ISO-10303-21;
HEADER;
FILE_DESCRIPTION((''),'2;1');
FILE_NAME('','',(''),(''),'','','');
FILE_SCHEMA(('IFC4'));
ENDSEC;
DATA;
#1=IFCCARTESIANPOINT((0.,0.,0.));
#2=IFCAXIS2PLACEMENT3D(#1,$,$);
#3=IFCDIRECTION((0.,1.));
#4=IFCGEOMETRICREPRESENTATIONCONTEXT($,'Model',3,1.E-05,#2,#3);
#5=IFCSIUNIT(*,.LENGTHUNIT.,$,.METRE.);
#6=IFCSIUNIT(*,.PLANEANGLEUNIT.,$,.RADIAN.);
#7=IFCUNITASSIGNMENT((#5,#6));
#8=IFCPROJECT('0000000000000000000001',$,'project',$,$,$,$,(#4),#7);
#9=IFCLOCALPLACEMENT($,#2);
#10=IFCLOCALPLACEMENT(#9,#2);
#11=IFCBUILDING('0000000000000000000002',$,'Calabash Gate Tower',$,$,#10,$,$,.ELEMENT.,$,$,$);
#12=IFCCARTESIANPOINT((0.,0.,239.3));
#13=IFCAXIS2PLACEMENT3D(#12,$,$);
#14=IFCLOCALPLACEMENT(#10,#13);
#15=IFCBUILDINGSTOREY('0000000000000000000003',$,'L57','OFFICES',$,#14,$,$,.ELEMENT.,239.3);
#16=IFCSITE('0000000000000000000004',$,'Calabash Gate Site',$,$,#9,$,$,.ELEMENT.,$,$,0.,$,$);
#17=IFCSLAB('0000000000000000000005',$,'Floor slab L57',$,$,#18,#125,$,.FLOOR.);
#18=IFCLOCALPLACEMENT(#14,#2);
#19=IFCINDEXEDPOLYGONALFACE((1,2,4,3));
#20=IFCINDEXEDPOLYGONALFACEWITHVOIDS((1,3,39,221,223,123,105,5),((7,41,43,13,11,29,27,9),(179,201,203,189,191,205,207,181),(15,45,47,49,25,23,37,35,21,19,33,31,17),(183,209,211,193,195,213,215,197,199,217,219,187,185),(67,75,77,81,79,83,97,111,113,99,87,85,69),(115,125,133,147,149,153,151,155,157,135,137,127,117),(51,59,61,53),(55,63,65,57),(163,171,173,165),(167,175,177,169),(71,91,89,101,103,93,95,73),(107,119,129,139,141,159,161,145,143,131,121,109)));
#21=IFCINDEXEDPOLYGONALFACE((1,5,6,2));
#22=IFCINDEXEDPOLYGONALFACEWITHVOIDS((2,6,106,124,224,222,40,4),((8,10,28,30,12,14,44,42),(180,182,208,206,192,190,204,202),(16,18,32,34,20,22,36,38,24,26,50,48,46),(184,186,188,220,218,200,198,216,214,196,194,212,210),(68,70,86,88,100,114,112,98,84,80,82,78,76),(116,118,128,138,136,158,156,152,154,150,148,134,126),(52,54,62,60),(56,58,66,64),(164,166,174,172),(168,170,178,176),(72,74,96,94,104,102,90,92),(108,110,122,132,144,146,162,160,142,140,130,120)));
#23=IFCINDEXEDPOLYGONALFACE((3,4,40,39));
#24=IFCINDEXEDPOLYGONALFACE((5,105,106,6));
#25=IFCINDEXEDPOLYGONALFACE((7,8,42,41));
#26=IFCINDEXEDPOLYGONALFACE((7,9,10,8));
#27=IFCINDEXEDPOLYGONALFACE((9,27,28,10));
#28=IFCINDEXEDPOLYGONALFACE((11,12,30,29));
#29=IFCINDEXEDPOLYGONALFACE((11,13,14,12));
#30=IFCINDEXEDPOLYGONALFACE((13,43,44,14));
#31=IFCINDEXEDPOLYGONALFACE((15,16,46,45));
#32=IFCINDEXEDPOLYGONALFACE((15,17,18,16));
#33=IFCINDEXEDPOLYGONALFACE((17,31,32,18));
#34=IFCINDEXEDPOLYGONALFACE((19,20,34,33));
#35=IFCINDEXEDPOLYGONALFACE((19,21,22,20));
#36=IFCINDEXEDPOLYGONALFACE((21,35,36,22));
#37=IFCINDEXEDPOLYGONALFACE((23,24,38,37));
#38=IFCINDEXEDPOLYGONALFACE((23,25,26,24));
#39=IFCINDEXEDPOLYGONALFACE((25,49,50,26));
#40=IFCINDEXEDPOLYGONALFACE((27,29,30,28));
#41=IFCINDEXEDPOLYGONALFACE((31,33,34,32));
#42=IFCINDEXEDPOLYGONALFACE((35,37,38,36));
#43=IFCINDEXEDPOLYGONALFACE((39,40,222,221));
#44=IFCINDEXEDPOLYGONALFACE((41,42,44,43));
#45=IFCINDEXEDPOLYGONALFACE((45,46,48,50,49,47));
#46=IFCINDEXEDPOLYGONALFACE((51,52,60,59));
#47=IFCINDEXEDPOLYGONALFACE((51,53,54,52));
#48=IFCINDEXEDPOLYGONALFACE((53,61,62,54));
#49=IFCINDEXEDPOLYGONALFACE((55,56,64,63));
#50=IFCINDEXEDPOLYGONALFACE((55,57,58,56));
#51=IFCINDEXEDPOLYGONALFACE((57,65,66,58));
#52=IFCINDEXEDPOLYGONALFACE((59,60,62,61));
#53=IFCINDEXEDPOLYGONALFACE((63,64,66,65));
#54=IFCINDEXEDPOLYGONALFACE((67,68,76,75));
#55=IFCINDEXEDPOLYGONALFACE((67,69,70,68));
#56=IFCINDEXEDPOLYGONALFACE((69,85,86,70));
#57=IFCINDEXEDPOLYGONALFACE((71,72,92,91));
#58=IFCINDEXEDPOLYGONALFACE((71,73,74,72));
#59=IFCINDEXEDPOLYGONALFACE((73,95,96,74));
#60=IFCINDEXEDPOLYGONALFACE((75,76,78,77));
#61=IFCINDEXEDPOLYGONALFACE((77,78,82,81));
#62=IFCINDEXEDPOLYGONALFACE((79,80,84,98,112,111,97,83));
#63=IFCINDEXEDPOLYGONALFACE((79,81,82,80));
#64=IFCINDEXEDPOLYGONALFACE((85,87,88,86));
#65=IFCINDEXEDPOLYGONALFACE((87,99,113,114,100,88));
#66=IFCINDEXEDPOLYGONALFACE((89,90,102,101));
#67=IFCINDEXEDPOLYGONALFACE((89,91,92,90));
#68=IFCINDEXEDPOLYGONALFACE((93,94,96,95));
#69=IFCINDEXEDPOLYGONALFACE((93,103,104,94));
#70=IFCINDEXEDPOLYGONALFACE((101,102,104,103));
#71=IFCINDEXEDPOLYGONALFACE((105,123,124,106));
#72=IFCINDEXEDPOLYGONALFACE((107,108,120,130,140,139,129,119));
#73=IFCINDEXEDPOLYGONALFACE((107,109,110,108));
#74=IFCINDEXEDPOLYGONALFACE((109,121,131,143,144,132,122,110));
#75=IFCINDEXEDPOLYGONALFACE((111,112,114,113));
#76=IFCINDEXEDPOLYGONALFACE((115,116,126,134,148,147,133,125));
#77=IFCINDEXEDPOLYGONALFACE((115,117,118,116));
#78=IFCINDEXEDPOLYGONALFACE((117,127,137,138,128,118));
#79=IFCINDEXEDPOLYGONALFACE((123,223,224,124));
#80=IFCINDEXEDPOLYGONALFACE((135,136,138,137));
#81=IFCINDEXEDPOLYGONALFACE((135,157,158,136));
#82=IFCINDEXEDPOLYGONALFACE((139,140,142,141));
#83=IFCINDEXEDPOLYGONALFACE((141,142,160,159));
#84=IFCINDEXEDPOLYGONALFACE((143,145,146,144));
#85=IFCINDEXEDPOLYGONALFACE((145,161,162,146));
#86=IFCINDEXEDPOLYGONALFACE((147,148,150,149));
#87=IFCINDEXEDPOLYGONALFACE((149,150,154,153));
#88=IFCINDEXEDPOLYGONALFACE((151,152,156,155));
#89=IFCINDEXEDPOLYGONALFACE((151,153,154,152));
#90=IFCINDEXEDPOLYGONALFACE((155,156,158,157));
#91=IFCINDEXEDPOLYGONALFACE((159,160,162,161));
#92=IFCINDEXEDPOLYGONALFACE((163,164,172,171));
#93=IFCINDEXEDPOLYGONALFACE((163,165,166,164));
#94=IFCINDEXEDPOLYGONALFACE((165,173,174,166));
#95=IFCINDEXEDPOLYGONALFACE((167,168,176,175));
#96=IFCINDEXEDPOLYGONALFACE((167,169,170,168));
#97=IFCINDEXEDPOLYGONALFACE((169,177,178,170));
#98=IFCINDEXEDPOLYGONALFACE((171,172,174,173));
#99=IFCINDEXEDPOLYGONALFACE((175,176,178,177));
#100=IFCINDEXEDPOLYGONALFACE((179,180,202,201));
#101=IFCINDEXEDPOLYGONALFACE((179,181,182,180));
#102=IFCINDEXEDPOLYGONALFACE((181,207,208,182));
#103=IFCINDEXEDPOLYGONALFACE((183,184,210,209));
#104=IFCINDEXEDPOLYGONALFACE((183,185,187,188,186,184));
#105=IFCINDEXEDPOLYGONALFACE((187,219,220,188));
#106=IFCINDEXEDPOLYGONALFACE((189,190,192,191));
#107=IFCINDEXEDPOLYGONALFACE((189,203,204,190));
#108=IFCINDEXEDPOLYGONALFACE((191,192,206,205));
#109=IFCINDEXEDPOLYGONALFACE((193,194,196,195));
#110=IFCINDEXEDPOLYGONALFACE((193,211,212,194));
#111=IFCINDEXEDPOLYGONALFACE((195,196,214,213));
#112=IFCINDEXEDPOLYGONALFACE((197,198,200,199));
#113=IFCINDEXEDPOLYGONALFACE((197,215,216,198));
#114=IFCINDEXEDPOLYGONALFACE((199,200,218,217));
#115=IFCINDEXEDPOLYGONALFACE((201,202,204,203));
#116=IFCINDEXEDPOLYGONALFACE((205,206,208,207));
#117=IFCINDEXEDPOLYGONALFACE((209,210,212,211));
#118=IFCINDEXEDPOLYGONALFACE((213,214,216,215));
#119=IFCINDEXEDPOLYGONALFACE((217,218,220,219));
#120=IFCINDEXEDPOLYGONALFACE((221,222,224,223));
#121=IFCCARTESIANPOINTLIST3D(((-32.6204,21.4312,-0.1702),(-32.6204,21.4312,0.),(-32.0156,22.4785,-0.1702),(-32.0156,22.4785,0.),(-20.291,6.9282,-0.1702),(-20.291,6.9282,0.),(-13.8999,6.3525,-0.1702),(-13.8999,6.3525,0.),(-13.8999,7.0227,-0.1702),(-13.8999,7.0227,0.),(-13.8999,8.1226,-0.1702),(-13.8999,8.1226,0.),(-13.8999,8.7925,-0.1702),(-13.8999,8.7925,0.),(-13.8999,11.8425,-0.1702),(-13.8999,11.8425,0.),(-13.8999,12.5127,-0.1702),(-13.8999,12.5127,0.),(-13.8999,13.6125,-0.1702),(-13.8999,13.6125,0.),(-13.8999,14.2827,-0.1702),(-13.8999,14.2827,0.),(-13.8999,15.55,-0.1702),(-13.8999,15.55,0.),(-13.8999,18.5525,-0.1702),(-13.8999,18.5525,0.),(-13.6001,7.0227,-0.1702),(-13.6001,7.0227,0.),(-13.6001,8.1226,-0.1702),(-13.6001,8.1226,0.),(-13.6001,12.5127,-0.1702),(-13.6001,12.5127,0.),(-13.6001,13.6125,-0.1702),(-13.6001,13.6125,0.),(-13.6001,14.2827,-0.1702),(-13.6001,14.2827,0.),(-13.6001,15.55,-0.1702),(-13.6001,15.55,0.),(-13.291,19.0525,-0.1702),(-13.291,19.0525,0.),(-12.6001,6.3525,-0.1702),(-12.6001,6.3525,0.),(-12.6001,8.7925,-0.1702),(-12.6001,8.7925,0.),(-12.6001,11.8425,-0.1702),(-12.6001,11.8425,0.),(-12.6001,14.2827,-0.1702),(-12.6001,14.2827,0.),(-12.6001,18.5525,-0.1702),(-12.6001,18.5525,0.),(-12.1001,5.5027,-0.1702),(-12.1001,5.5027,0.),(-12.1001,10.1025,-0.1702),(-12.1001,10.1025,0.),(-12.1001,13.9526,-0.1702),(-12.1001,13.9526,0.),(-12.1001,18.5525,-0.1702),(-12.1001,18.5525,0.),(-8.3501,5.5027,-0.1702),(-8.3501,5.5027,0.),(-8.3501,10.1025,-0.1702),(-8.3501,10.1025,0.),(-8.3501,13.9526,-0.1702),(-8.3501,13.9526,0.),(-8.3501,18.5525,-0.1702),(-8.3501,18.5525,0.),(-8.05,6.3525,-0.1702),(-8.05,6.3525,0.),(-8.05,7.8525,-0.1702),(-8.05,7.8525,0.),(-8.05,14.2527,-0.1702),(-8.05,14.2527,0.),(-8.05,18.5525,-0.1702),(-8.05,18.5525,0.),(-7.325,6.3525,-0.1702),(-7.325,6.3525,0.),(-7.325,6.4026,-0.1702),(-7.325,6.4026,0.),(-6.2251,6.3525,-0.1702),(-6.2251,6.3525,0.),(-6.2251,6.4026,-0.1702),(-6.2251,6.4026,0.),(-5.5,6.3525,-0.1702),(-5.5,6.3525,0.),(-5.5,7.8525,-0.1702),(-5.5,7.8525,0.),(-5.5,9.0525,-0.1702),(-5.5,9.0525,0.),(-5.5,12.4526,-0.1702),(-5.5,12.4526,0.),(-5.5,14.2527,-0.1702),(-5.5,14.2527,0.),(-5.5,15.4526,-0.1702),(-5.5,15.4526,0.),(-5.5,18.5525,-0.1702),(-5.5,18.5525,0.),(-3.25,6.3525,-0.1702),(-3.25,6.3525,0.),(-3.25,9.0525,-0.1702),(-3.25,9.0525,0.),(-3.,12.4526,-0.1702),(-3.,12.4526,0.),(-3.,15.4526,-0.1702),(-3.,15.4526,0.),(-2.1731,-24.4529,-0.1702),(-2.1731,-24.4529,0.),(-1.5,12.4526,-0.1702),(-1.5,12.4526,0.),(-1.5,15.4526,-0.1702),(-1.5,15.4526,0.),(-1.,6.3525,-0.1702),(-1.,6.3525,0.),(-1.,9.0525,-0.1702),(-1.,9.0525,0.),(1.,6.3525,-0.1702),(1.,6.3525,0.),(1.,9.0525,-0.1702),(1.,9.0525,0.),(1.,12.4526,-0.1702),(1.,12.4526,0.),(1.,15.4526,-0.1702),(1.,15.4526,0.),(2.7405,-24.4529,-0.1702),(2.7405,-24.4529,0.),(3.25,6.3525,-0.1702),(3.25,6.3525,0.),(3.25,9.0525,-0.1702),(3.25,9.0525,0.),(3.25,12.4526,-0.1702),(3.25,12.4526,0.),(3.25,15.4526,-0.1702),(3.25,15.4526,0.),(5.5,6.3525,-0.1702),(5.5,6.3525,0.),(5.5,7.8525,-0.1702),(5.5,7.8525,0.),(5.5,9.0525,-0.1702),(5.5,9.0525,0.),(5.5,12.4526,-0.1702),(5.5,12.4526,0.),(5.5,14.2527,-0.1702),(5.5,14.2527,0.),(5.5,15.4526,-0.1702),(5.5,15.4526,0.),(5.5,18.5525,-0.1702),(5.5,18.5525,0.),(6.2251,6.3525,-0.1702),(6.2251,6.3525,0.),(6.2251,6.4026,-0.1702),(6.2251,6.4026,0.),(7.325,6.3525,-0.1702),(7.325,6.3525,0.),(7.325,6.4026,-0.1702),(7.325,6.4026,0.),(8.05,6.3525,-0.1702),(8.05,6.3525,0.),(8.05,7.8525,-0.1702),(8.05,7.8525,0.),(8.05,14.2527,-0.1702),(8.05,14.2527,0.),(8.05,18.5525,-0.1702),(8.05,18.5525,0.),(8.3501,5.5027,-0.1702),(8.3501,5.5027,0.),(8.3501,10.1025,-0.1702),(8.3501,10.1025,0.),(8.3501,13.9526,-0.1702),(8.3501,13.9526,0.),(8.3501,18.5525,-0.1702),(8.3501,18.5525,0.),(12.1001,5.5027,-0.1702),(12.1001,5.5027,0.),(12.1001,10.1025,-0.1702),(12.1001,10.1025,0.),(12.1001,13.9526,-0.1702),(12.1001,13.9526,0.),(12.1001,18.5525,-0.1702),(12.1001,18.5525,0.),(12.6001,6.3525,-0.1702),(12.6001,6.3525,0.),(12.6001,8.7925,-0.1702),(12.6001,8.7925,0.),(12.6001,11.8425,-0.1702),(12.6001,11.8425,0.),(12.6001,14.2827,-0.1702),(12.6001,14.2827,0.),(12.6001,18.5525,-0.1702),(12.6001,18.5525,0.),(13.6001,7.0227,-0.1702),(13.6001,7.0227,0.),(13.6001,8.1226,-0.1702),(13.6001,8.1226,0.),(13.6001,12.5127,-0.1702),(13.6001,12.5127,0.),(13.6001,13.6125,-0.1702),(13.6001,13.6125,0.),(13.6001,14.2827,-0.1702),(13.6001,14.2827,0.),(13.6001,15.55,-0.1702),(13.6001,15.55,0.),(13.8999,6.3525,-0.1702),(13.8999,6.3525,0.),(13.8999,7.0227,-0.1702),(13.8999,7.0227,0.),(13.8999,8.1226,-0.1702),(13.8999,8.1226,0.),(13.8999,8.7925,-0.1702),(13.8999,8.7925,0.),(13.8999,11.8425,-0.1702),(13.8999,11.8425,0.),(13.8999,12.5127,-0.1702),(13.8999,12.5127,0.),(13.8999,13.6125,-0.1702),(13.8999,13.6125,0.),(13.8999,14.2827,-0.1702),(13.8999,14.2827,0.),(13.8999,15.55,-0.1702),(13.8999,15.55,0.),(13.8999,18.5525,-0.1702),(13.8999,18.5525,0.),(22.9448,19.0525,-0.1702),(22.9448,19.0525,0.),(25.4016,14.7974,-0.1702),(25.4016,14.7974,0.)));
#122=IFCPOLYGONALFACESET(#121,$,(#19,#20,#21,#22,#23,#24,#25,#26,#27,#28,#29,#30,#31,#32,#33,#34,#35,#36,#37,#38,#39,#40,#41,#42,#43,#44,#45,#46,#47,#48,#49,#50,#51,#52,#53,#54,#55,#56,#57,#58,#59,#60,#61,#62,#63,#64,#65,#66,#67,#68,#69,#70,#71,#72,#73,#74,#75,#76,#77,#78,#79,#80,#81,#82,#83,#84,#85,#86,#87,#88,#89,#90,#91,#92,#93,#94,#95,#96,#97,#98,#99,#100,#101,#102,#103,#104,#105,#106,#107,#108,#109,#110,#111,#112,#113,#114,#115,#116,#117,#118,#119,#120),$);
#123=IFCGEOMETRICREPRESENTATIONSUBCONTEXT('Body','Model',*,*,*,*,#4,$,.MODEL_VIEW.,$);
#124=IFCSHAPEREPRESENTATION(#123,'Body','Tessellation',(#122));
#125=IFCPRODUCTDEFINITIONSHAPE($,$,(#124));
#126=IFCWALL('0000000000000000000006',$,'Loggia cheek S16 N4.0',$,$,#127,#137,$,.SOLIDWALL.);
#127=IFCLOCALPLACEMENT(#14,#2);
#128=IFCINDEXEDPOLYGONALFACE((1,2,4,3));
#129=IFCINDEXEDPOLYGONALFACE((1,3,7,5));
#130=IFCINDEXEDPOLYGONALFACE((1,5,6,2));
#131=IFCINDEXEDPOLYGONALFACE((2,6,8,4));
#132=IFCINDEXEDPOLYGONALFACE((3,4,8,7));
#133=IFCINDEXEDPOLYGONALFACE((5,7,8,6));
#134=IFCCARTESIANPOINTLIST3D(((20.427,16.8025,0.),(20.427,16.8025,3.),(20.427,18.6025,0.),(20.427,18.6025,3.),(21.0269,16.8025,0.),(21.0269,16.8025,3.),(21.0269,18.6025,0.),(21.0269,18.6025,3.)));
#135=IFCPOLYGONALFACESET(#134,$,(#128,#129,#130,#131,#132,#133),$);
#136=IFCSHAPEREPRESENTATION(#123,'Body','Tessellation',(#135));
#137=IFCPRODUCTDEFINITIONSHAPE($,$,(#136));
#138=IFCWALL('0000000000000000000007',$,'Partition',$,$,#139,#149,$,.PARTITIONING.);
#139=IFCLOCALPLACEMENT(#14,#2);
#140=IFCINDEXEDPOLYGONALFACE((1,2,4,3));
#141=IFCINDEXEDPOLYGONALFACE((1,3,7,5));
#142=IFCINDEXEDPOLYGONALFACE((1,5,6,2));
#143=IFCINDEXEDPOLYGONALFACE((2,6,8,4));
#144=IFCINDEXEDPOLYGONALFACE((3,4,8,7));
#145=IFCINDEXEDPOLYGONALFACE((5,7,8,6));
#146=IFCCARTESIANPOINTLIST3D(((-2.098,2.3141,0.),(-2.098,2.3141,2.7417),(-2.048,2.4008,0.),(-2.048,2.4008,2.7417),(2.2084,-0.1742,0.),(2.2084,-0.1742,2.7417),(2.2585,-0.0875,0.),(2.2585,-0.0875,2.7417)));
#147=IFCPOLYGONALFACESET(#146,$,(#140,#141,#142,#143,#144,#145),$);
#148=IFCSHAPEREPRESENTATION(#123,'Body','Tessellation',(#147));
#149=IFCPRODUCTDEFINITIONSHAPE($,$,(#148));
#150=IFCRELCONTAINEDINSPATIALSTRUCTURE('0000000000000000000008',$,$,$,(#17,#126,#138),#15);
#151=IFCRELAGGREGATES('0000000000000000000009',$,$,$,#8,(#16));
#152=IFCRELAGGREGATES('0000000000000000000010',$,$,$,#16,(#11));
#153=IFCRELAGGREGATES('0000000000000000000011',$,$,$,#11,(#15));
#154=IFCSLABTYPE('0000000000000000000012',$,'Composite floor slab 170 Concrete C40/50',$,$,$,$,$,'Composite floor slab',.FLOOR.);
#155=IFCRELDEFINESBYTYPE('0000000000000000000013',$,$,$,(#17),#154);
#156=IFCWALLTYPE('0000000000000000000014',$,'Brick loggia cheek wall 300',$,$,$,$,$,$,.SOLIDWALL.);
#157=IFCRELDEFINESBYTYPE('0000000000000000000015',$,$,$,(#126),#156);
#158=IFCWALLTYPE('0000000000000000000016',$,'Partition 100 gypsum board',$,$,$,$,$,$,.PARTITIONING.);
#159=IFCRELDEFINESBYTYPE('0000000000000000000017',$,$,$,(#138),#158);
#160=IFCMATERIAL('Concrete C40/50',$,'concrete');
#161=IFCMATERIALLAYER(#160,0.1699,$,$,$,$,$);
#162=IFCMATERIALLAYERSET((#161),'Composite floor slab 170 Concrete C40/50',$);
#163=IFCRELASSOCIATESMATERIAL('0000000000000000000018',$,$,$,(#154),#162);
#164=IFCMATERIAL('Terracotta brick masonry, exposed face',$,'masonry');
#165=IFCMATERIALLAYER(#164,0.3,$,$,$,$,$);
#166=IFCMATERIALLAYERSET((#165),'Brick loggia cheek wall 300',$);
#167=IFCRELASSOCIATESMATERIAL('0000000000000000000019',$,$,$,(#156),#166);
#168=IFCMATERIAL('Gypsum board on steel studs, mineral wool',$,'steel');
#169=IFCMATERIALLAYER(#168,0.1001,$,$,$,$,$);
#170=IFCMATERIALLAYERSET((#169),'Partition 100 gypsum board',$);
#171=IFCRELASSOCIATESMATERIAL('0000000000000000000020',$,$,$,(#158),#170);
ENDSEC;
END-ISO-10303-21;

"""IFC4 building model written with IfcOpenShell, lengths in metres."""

from ifc_helpers import new_model, si_unit, direction, frame, frame_2d, origin, place, context, subcontext, project, spatial, polyline, rectangle, outline, extrude, material, layer, layer_set, type_object, element, save


model = new_model("IFC4")

# Units and contexts
model_context = context("Model", 3, precision=1e-05, world=origin(), true_north=direction((0.0, 1.0)))
body_context = subcontext(model_context, "Body", "Model", "MODEL_VIEW")
ifc_project = project(units=[si_unit("LENGTHUNIT", "METRE"), si_unit("PLANEANGLEUNIT", "RADIAN")], contexts=[model_context])

# Site, building, storey
site_placement = place(None, origin())
site = spatial("IfcSite", under=ifc_project, at=site_placement, Name="Calabash Gate Site", CompositionType="ELEMENT", RefElevation=0.0)
building_placement = place(site_placement, origin())
building = spatial("IfcBuilding", under=site, at=building_placement, Name="Calabash Gate Tower", CompositionType="ELEMENT")
storey_placement = place(building_placement, frame((0.0, 0.0, 239.3)))
storey = spatial("IfcBuildingStorey", under=building, at=storey_placement, Name="L57", Description="OFFICES", CompositionType="ELEMENT", Elevation=239.3)

# Slab
ifc_material_1 = material(Name="Concrete C40/50", Category="concrete")
ifc_layer_1 = layer(ifc_material_1, 0.1699)
ifc_layer_set_1 = layer_set([ifc_layer_1], Name="Composite floor slab 170 Concrete C40/50")
slab_type = type_object("IfcSlabType", Name="Composite floor slab 170 Concrete C40/50", ElementType="Composite floor slab", PredefinedType="FLOOR", material=ifc_layer_set_1)
slab_placement = place(storey_placement, frame((0.0, 0.0, -0.1702)))
element("IfcSlab", 1, at=slab_placement, inside=storey, type_object=slab_type, Name="Floor slab L57", PredefinedType="FLOOR", context=body_context, shape_type="SweptSolid", body=[
    extrude(outline(polyline([(2.7405, -24.4529), (-2.1731, -24.4529), (-20.291, 6.9282), (-32.6204, 21.4312), (-32.0156, 22.4785), (-13.291, 19.0525), (22.9448, 19.0525), (25.4016, 14.7974), (2.7405, -24.4529)]), holes=[polyline([(-7.325, 6.3525), (-7.325, 6.4026), (-6.2251, 6.4026), (-6.2251, 6.3525), (-5.5, 6.3525), (-3.25, 6.3525), (-1.0, 6.3525), (-1.0, 9.0525), (-3.25, 9.0525), (-5.5, 9.0525), (-5.5, 7.8525), (-8.05, 7.8525), (-8.05, 6.3525), (-7.325, 6.3525)]), polyline([(8.05, 6.3525), (8.05, 7.8525), (5.5, 7.8525), (5.5, 9.0525), (3.25, 9.0525), (1.0, 9.0525), (1.0, 6.3525), (3.25, 6.3525), (5.5, 6.3525), (6.2251, 6.3525), (6.2251, 6.4026), (7.325, 6.4026), (7.325, 6.3525), (8.05, 6.3525)]), polyline([(-8.05, 18.5525), (-8.05, 14.2527), (-5.5, 14.2527), (-5.5, 12.4526), (-3.0, 12.4526), (-3.0, 15.4526), (-5.5, 15.4526), (-5.5, 18.5525), (-8.05, 18.5525)]), polyline([(5.5, 14.2527), (8.05, 14.2527), (8.05, 18.5525), (5.5, 18.5525), (5.5, 15.4526), (3.25, 15.4526), (1.0, 15.4526), (-1.5, 15.4526), (-1.5, 12.4526), (1.0, 12.4526), (3.25, 12.4526), (5.5, 12.4526), (5.5, 14.2527)]), polyline([(-12.1001, 13.9526), (-8.3501, 13.9526), (-8.3501, 18.5525), (-12.1001, 18.5525), (-12.1001, 13.9526)]), polyline([(-8.3501, 5.5027), (-8.3501, 10.1025), (-12.1001, 10.1025), (-12.1001, 5.5027), (-8.3501, 5.5027)]), polyline([(12.1001, 18.5525), (8.3501, 18.5525), (8.3501, 13.9526), (12.1001, 13.9526), (12.1001, 18.5525)]), polyline([(8.3501, 10.1025), (8.3501, 5.5027), (12.1001, 5.5027), (12.1001, 10.1025), (8.3501, 10.1025)]), polyline([(-13.8999, 6.3525), (-12.6001, 6.3525), (-12.6001, 8.7925), (-13.8999, 8.7925), (-13.8999, 8.1226), (-13.6001, 8.1226), (-13.6001, 7.0227), (-13.8999, 7.0227), (-13.8999, 6.3525)]), polyline([(-13.8999, 12.5127), (-13.8999, 11.8425), (-12.6001, 11.8425), (-12.6001, 14.2827), (-12.6001, 18.5525), (-13.8999, 18.5525), (-13.8999, 15.55), (-13.6001, 15.55), (-13.6001, 14.2827), (-13.8999, 14.2827), (-13.8999, 13.6125), (-13.6001, 13.6125), (-13.6001, 12.5127), (-13.8999, 12.5127)]), polyline([(13.6001, 7.0227), (13.6001, 8.1226), (13.8999, 8.1226), (13.8999, 8.7925), (12.6001, 8.7925), (12.6001, 6.3525), (13.8999, 6.3525), (13.8999, 7.0227), (13.6001, 7.0227)]), polyline([(13.8999, 12.5127), (13.6001, 12.5127), (13.6001, 13.6125), (13.8999, 13.6125), (13.8999, 14.2827), (13.6001, 14.2827), (13.6001, 15.55), (13.8999, 15.55), (13.8999, 18.5525), (12.6001, 18.5525), (12.6001, 14.2827), (12.6001, 11.8425), (13.8999, 11.8425), (13.8999, 12.5127)])]), origin(), (0.0, 0.0, 1.0), 0.1702),
])

# Walls
ifc_material_2 = material(Name="Terracotta brick masonry, exposed face", Category="masonry")
ifc_layer_2 = layer(ifc_material_2, 0.3)
ifc_layer_set_2 = layer_set([ifc_layer_2], Name="Brick loggia cheek wall 300")
wall_type_1 = type_object("IfcWallType", Name="Brick loggia cheek wall 300", PredefinedType="SOLIDWALL", material=ifc_layer_set_2)
wall_1_placement = place(storey_placement, origin())
element("IfcWall", 2, at=wall_1_placement, inside=storey, type_object=wall_type_1, Name="Loggia cheek S16 N4.0", PredefinedType="SOLIDWALL", context=body_context, shape_type="SweptSolid", body=[
    extrude(outline(polyline([(21.0269, 16.8025), (21.0269, 18.6025), (20.427, 18.6025), (20.427, 16.8025), (21.0269, 16.8025)])), origin(), (0.0, 0.0, 1.0), 3.0),
])
ifc_material_3 = material(Name="Gypsum board on steel studs, mineral wool", Category="steel")
ifc_layer_3 = layer(ifc_material_3, 0.1001)
ifc_layer_set_3 = layer_set([ifc_layer_3], Name="Partition 100 gypsum board")
wall_type_2 = type_object("IfcWallType", Name="Partition 100 gypsum board", PredefinedType="PARTITIONING", material=ifc_layer_set_3)
wall_2_placement = place(storey_placement, frame((-2.073, 2.3574, 0.0), z_axis=(0.0, 0.0, 1.0), x_axis=(0.865853, -0.500299, 0.0)))
element("IfcWall", 3, at=wall_2_placement, inside=storey, type_object=wall_type_2, Name="Partition", PredefinedType="PARTITIONING", context=body_context, shape_type="SweptSolid", body=[
    extrude(rectangle(XDim=4.9736, YDim=0.1001, at=frame_2d((2.4868, 0.0))), origin(), (0.0, 0.0, 1.0), 2.7417),
])

save(model, "model.ifc")
